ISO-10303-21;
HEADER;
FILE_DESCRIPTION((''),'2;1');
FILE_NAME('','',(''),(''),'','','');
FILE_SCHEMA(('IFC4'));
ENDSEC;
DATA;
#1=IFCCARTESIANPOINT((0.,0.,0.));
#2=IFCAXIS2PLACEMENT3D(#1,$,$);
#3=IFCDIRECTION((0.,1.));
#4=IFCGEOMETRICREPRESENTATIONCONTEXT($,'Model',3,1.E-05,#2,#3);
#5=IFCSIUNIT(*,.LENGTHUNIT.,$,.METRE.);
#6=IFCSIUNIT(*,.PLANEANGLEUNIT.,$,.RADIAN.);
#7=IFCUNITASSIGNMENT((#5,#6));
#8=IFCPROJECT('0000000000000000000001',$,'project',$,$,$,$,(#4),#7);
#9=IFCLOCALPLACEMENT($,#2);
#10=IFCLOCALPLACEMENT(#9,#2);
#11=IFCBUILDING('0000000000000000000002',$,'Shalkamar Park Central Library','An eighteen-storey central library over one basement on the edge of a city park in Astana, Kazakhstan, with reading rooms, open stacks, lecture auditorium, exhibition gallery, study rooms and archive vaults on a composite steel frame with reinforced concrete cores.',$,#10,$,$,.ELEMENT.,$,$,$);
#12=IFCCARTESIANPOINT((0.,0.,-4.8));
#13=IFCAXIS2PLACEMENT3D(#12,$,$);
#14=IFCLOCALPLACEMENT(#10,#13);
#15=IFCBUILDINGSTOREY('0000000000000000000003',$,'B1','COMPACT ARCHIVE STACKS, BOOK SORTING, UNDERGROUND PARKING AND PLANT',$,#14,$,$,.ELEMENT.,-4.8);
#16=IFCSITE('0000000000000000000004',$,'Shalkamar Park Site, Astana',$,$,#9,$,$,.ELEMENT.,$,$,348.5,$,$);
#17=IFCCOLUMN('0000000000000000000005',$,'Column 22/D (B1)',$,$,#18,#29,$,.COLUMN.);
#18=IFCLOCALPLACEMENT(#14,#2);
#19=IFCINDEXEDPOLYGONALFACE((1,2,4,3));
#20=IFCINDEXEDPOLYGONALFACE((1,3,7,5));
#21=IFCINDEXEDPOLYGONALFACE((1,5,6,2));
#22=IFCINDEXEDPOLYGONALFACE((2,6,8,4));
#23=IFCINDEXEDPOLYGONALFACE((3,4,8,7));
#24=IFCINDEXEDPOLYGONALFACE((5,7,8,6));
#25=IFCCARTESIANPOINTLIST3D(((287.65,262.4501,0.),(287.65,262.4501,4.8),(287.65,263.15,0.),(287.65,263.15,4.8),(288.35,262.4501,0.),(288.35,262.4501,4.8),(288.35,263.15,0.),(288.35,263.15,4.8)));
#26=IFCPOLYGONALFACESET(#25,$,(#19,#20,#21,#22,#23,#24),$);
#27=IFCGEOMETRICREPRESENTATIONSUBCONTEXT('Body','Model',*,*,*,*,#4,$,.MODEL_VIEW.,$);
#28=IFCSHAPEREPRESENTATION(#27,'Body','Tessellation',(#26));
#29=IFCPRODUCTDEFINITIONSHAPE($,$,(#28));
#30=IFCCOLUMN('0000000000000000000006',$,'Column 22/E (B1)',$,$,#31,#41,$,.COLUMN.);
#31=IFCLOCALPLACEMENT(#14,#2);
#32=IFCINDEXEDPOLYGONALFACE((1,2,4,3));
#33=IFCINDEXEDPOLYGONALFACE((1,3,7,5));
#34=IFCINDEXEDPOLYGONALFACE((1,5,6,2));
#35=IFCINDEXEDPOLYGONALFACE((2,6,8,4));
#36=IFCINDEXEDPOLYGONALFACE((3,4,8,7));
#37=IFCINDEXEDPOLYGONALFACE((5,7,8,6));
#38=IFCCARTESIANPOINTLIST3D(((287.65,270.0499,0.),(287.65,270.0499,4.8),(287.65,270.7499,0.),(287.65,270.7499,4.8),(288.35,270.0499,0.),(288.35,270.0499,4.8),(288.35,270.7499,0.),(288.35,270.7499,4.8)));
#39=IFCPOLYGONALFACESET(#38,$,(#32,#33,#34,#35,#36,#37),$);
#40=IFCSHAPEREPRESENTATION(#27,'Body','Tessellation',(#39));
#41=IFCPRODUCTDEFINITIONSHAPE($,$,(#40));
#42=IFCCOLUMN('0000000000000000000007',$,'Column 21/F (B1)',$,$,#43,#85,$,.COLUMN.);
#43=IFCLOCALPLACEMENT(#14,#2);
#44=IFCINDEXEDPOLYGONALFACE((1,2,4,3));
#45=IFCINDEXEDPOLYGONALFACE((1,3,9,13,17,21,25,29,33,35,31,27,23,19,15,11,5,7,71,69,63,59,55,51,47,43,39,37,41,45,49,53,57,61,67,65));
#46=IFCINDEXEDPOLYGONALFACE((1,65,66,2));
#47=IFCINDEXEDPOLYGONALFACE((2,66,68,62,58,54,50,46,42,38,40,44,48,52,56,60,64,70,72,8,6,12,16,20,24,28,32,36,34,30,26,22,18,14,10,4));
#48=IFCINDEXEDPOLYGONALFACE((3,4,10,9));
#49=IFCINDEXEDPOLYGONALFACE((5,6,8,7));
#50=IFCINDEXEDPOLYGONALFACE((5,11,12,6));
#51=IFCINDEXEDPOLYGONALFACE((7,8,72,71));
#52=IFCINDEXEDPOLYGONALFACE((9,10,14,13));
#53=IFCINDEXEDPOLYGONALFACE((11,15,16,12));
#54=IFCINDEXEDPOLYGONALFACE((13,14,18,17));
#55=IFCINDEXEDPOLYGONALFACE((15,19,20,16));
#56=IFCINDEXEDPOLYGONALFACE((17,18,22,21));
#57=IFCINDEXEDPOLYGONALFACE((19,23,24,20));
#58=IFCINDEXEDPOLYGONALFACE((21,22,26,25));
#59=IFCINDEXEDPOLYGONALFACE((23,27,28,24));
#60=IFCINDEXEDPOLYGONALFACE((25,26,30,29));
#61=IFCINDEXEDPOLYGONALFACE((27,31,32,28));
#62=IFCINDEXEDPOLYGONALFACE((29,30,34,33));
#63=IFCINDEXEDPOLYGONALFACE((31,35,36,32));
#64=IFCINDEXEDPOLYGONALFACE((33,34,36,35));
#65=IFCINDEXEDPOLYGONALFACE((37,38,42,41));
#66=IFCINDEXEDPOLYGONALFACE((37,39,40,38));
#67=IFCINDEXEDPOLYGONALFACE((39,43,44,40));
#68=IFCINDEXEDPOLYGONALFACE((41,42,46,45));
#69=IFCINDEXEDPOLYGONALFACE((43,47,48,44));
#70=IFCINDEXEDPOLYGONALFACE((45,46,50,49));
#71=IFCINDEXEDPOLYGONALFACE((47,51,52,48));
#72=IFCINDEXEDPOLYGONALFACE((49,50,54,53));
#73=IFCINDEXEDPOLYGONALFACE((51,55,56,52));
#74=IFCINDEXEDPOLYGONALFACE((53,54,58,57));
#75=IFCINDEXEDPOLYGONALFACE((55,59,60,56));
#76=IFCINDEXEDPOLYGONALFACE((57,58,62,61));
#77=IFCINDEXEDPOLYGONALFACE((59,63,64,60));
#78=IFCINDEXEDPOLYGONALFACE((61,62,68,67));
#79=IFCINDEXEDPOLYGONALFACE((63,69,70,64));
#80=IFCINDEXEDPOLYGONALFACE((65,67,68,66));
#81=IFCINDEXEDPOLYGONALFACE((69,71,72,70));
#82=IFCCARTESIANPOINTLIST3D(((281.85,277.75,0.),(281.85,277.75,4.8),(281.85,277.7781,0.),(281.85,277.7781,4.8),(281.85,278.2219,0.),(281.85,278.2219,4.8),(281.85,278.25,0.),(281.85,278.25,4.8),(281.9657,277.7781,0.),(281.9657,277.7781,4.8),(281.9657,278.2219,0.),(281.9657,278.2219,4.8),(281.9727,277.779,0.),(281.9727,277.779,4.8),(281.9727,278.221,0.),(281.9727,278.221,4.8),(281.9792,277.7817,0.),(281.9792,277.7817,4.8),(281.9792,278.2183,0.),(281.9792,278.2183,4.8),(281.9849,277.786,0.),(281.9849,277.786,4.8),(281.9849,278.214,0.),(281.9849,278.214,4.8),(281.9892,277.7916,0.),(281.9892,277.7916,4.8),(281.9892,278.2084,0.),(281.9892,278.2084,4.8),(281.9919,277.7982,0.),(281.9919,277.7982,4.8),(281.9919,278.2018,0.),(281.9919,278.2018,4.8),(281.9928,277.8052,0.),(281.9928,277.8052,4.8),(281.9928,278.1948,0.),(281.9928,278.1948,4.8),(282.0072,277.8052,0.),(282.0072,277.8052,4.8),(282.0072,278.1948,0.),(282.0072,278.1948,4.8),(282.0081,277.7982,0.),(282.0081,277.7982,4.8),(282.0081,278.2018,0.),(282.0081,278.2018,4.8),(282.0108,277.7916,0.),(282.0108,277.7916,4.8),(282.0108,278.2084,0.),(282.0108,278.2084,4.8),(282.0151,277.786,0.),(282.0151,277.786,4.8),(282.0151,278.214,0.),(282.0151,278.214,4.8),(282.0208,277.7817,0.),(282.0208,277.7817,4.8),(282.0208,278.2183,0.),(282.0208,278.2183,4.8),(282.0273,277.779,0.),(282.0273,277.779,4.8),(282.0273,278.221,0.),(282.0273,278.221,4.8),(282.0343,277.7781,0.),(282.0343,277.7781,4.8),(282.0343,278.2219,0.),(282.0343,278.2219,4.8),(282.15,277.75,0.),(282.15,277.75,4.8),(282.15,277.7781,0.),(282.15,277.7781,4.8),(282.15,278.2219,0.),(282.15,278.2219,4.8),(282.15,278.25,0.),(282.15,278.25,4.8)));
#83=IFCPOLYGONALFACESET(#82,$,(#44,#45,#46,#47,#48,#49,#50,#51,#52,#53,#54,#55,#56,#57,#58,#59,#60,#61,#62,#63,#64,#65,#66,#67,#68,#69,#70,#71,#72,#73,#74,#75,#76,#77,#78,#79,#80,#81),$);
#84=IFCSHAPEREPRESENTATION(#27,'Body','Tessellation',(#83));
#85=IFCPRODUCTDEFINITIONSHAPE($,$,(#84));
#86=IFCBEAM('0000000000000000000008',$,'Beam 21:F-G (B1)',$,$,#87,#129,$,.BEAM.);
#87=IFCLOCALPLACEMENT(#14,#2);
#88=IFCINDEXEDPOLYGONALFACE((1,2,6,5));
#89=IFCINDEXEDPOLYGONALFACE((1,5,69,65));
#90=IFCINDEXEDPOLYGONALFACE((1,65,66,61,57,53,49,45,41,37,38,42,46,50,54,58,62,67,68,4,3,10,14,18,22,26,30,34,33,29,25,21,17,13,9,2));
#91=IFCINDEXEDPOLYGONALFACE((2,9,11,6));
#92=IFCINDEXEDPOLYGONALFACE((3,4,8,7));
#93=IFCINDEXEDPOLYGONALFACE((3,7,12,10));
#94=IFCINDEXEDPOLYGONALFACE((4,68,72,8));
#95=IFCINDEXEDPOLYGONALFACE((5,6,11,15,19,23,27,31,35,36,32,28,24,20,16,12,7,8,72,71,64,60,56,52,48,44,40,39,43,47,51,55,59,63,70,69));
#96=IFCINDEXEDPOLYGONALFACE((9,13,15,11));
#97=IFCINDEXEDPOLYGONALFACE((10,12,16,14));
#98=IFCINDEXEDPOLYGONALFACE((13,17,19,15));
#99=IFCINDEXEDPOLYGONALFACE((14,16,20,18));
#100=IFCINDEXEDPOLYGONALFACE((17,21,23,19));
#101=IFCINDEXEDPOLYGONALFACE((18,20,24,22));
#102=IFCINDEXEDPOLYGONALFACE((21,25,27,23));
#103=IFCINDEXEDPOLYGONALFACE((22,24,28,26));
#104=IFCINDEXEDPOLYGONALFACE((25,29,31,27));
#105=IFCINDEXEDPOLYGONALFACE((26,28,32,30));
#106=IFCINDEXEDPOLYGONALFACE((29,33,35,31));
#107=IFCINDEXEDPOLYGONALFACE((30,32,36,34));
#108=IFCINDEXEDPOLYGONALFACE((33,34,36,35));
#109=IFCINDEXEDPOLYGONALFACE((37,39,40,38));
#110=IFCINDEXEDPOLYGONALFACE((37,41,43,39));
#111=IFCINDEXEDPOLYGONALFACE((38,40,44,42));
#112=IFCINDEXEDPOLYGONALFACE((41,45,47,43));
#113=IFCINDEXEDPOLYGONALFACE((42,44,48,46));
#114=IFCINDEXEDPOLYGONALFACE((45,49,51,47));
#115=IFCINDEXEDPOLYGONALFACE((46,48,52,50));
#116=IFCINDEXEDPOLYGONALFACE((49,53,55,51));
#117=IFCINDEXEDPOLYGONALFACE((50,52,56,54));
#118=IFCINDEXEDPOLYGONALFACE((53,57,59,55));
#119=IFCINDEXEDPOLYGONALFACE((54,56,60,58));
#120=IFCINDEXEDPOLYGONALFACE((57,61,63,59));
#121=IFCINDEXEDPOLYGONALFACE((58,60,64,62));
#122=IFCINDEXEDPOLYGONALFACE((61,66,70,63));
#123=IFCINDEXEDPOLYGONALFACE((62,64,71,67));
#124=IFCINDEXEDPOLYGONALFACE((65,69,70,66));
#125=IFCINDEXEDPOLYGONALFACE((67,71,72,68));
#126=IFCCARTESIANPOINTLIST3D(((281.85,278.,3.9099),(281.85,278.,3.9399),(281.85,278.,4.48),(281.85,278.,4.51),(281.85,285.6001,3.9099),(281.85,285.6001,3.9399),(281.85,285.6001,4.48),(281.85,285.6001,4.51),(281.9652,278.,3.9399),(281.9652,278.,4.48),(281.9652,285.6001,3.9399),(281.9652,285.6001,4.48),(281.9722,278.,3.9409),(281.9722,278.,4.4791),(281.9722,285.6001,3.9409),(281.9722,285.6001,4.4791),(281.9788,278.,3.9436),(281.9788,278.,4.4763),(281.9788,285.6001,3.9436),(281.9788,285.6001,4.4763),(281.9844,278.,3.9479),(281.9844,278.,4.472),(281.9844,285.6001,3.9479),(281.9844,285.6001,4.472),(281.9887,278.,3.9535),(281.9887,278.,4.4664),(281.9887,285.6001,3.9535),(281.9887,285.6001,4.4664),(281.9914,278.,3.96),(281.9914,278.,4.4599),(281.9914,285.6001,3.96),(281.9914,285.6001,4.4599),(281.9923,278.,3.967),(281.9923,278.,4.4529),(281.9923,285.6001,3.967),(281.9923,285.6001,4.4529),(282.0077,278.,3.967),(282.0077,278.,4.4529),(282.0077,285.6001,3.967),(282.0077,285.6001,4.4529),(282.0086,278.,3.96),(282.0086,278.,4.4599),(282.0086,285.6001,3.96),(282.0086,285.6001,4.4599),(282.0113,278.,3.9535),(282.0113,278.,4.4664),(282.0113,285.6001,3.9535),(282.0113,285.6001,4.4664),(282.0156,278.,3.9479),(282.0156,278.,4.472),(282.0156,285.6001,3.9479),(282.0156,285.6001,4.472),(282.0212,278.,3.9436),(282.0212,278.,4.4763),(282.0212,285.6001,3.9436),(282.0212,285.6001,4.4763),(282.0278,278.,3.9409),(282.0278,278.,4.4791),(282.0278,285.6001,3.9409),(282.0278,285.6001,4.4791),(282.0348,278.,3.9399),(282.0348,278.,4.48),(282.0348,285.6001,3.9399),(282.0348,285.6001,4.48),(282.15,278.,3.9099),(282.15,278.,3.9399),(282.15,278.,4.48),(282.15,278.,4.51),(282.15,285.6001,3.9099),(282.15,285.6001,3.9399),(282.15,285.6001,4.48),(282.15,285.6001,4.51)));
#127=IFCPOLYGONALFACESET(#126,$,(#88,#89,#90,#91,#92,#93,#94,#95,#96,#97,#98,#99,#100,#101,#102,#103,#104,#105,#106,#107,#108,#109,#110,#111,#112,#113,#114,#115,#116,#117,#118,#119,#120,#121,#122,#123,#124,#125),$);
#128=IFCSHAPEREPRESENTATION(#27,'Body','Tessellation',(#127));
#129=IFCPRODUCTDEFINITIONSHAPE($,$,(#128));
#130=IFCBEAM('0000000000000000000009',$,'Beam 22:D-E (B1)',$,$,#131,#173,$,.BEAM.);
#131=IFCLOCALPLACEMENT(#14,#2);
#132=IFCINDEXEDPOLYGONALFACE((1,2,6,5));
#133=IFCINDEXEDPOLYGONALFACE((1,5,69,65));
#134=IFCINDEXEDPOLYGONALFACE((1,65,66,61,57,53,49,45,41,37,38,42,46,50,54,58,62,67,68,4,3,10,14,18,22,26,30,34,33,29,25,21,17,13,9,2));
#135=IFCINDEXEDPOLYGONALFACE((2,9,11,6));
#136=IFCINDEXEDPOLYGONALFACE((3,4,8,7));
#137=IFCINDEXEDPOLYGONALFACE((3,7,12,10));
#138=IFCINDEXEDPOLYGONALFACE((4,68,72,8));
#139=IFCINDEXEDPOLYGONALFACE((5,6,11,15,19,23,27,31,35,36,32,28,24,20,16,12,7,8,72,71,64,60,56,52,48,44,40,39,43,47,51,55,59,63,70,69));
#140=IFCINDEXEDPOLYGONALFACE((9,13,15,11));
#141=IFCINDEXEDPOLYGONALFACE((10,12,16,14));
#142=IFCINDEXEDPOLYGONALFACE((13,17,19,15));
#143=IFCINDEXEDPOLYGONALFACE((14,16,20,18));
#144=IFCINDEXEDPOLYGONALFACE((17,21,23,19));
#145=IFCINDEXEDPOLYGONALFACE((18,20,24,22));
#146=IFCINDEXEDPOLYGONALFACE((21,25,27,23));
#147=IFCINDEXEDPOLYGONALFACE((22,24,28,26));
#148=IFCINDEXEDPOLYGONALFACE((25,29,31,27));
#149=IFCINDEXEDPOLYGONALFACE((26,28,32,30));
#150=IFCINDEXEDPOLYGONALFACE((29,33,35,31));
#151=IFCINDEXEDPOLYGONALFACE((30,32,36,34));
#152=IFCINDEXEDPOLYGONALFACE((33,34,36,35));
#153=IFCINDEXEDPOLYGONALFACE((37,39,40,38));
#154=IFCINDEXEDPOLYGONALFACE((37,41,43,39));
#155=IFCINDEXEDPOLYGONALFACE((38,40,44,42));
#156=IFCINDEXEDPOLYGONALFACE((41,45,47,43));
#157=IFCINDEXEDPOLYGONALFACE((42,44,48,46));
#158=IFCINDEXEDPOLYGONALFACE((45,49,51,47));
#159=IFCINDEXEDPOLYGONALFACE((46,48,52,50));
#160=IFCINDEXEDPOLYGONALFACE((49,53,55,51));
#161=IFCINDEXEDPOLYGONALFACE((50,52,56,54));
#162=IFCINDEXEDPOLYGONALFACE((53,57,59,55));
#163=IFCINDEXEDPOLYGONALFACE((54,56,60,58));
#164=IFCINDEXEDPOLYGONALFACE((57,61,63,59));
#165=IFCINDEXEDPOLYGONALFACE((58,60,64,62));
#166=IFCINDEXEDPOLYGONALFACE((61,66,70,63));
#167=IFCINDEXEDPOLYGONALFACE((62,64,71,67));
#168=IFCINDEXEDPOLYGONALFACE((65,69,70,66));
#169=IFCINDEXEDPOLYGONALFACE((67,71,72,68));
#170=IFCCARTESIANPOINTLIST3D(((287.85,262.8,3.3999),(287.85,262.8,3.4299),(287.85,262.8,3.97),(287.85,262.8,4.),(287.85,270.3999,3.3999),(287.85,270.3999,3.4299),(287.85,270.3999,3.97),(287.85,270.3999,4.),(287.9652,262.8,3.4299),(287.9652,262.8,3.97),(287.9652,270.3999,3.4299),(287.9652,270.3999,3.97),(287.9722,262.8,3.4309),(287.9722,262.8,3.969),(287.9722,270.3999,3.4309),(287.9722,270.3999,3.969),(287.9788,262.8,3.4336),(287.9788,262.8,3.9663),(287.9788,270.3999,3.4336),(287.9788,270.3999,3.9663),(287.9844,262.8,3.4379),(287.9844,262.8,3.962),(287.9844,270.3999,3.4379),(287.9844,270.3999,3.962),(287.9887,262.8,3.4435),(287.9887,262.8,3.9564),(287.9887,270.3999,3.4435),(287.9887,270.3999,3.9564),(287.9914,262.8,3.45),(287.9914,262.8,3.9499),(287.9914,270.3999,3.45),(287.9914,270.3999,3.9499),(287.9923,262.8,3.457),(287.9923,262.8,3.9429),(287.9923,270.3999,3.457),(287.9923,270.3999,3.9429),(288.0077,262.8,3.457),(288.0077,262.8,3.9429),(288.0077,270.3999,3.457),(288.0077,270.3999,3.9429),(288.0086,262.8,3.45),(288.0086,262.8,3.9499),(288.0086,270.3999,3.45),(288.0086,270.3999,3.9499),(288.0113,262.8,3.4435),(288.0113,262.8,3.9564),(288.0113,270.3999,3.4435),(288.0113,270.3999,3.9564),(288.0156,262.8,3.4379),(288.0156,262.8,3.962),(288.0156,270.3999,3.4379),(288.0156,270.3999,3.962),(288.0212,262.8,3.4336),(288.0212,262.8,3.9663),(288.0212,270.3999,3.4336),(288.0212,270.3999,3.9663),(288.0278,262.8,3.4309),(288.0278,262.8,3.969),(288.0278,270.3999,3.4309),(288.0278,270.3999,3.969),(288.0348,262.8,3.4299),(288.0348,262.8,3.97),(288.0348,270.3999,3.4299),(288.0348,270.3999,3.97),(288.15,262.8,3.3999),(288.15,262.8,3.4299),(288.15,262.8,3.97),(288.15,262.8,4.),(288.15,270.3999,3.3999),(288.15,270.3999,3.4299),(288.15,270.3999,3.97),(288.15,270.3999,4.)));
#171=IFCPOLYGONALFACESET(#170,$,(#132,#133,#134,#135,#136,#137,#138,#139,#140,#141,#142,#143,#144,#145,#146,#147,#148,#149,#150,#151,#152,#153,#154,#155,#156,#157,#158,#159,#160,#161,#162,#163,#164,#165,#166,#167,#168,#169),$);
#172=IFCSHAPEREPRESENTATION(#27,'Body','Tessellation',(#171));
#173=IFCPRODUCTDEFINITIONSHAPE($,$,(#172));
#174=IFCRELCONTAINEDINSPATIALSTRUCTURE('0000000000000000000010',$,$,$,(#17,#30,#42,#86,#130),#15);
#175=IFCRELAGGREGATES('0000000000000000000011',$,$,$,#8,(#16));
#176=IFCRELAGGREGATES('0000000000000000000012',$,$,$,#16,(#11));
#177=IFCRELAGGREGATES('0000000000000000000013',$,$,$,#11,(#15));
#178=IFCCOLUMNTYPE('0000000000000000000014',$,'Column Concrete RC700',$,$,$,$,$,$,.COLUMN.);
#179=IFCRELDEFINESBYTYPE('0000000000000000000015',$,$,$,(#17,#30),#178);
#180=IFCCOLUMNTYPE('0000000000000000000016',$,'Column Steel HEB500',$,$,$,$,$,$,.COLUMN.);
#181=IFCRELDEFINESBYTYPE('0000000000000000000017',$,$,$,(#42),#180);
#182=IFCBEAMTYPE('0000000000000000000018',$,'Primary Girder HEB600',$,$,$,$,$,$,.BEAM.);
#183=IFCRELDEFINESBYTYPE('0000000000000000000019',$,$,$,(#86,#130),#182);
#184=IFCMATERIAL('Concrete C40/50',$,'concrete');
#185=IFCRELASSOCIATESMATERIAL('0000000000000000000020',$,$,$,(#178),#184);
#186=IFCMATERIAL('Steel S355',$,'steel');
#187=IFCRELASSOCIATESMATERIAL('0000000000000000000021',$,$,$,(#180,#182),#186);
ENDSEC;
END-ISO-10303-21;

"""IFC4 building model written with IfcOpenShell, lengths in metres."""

from ifc_helpers import new_model, si_unit, direction, frame, origin, origin_2d, place, context, subcontext, project, spatial, rectangle, i_section, extrude, material, material_profile, profile_set, type_object, element, save


model = new_model("IFC4")

# Units and contexts
model_context = context("Model", 3, precision=1e-05, world=origin(), true_north=direction((0.0, 1.0)))
body_context = subcontext(model_context, "Body", "Model", "MODEL_VIEW")
ifc_project = project(units=[si_unit("LENGTHUNIT", "METRE"), si_unit("PLANEANGLEUNIT", "RADIAN")], contexts=[model_context])

# Site, building, storey
site_placement = place(None, origin())
site = spatial("IfcSite", under=ifc_project, at=site_placement, Name="Shalkamar Park Site, Astana", CompositionType="ELEMENT", RefElevation=348.5)
building_placement = place(site_placement, origin())
building = spatial("IfcBuilding", under=site, at=building_placement, Name="Shalkamar Park Central Library", Description="An eighteen-storey central library over one basement on the edge of a city park in Astana, Kazakhstan, with reading rooms, open stacks, lecture auditorium, exhibition gallery, study rooms and archive vaults on a composite steel frame with reinforced concrete cores.", CompositionType="ELEMENT")
storey_placement = place(building_placement, frame((0.0, 0.0, -4.8)))
storey = spatial("IfcBuildingStorey", under=building, at=storey_placement, Name="B1", Description="COMPACT ARCHIVE STACKS, BOOK SORTING, UNDERGROUND PARKING AND PLANT", CompositionType="ELEMENT", Elevation=-4.8)

# Columns
ifc_material_1 = material(Name="Concrete C40/50", Category="concrete")
ifc_material_profile_1 = material_profile(ifc_material_1, rectangle(XDim=0.7, YDim=0.7, at=origin_2d()), Name="RC 700x700")
ifc_profile_set_1 = profile_set([ifc_material_profile_1], Name="Concrete C40/50")
column_type_1 = type_object("IfcColumnType", Name="Column Concrete RC700", PredefinedType="COLUMN", material=ifc_profile_set_1)
for number, where, z_axis, x_axis, name in (
    (1, (288.0, 262.8, 0.0), (0.0, 0.0, 1.0), (1.0, 0.0, 0.0), "Column 22/D (B1)"),
    (2, (288.0, 270.3999, 0.0), (0.0, 0.0, 1.0), (1.0, 0.0, 0.0), "Column 22/E (B1)"),
):
    element("IfcColumn", number, at=place(storey_placement, frame(where, z_axis=z_axis, x_axis=x_axis)), inside=storey, type_object=column_type_1, Name=name, PredefinedType="COLUMN", context=body_context, shape_type="SweptSolid", body=[
        extrude(rectangle(XDim=0.7, YDim=0.7, at=origin_2d()), origin(), (0.0, 0.0, 1.0), 4.8),
    ])
ifc_material_2 = material(Name="Steel S355", Category="steel")
ifc_material_profile_2 = material_profile(ifc_material_2, i_section(OverallWidth=0.3, OverallDepth=0.5, WebThickness=0.0144, FlangeThickness=0.0281, FilletRadius=0.0271, at=origin_2d()), Name="HEB 500")
ifc_profile_set_2 = profile_set([ifc_material_profile_2], Name="Steel S355")
column_type_2 = type_object("IfcColumnType", Name="Column Steel HEB500", PredefinedType="COLUMN", material=ifc_profile_set_2)
column_placement = place(storey_placement, frame((282.0, 278.0, 0.0), z_axis=(0.0, 0.0, 1.0), x_axis=(1.0, 0.0, 0.0)))
element("IfcColumn", 3, at=column_placement, inside=storey, type_object=column_type_2, Name="Column 21/F (B1)", PredefinedType="COLUMN", context=body_context, shape_type="SweptSolid", body=[
    extrude(i_section(OverallWidth=0.3, OverallDepth=0.5, WebThickness=0.0144, FlangeThickness=0.0281, FilletRadius=0.0271, at=origin_2d()), origin(), (0.0, 0.0, 1.0), 4.8),
])

# Beams
ifc_material_profile_3 = material_profile(ifc_material_2, i_section(OverallWidth=0.3, OverallDepth=0.6001, WebThickness=0.0154, FlangeThickness=0.03, FilletRadius=0.0271, at=origin_2d()), Name="HEB 600")
ifc_profile_set_3 = profile_set([ifc_material_profile_3], Name="Steel S355")
beam_type_1 = type_object("IfcBeamType", Name="Primary Girder HEB600", PredefinedType="BEAM", material=ifc_profile_set_3)
beam_1_placement = place(storey_placement, frame((282.0, 278.0, 4.21), z_axis=(0.0, 1.0, 0.0), x_axis=(-1.0, 0.0, 0.0)))
element("IfcBeam", 4, at=beam_1_placement, inside=storey, type_object=beam_type_1, Name="Beam 21:F-G (B1)", PredefinedType="BEAM", context=body_context, shape_type="SweptSolid", body=[
    extrude(i_section(OverallWidth=0.3, OverallDepth=0.6001, WebThickness=0.0154, FlangeThickness=0.03, FilletRadius=0.0271, at=origin_2d()), origin(), (0.0, 0.0, 1.0), 7.6001),
])
beam_2_placement = place(storey_placement, frame((288.0, 262.8, 3.7), z_axis=(0.0, 1.0, 0.0), x_axis=(-1.0, 0.0, 0.0)))
element("IfcBeam", 5, at=beam_2_placement, inside=storey, type_object=beam_type_1, Name="Beam 22:D-E (B1)", PredefinedType="BEAM", context=body_context, shape_type="SweptSolid", body=[
    extrude(i_section(OverallWidth=0.3, OverallDepth=0.6001, WebThickness=0.0154, FlangeThickness=0.03, FilletRadius=0.0271, at=origin_2d()), origin(), (0.0, 0.0, 1.0), 7.5999),
])

save(model, "model.ifc")
